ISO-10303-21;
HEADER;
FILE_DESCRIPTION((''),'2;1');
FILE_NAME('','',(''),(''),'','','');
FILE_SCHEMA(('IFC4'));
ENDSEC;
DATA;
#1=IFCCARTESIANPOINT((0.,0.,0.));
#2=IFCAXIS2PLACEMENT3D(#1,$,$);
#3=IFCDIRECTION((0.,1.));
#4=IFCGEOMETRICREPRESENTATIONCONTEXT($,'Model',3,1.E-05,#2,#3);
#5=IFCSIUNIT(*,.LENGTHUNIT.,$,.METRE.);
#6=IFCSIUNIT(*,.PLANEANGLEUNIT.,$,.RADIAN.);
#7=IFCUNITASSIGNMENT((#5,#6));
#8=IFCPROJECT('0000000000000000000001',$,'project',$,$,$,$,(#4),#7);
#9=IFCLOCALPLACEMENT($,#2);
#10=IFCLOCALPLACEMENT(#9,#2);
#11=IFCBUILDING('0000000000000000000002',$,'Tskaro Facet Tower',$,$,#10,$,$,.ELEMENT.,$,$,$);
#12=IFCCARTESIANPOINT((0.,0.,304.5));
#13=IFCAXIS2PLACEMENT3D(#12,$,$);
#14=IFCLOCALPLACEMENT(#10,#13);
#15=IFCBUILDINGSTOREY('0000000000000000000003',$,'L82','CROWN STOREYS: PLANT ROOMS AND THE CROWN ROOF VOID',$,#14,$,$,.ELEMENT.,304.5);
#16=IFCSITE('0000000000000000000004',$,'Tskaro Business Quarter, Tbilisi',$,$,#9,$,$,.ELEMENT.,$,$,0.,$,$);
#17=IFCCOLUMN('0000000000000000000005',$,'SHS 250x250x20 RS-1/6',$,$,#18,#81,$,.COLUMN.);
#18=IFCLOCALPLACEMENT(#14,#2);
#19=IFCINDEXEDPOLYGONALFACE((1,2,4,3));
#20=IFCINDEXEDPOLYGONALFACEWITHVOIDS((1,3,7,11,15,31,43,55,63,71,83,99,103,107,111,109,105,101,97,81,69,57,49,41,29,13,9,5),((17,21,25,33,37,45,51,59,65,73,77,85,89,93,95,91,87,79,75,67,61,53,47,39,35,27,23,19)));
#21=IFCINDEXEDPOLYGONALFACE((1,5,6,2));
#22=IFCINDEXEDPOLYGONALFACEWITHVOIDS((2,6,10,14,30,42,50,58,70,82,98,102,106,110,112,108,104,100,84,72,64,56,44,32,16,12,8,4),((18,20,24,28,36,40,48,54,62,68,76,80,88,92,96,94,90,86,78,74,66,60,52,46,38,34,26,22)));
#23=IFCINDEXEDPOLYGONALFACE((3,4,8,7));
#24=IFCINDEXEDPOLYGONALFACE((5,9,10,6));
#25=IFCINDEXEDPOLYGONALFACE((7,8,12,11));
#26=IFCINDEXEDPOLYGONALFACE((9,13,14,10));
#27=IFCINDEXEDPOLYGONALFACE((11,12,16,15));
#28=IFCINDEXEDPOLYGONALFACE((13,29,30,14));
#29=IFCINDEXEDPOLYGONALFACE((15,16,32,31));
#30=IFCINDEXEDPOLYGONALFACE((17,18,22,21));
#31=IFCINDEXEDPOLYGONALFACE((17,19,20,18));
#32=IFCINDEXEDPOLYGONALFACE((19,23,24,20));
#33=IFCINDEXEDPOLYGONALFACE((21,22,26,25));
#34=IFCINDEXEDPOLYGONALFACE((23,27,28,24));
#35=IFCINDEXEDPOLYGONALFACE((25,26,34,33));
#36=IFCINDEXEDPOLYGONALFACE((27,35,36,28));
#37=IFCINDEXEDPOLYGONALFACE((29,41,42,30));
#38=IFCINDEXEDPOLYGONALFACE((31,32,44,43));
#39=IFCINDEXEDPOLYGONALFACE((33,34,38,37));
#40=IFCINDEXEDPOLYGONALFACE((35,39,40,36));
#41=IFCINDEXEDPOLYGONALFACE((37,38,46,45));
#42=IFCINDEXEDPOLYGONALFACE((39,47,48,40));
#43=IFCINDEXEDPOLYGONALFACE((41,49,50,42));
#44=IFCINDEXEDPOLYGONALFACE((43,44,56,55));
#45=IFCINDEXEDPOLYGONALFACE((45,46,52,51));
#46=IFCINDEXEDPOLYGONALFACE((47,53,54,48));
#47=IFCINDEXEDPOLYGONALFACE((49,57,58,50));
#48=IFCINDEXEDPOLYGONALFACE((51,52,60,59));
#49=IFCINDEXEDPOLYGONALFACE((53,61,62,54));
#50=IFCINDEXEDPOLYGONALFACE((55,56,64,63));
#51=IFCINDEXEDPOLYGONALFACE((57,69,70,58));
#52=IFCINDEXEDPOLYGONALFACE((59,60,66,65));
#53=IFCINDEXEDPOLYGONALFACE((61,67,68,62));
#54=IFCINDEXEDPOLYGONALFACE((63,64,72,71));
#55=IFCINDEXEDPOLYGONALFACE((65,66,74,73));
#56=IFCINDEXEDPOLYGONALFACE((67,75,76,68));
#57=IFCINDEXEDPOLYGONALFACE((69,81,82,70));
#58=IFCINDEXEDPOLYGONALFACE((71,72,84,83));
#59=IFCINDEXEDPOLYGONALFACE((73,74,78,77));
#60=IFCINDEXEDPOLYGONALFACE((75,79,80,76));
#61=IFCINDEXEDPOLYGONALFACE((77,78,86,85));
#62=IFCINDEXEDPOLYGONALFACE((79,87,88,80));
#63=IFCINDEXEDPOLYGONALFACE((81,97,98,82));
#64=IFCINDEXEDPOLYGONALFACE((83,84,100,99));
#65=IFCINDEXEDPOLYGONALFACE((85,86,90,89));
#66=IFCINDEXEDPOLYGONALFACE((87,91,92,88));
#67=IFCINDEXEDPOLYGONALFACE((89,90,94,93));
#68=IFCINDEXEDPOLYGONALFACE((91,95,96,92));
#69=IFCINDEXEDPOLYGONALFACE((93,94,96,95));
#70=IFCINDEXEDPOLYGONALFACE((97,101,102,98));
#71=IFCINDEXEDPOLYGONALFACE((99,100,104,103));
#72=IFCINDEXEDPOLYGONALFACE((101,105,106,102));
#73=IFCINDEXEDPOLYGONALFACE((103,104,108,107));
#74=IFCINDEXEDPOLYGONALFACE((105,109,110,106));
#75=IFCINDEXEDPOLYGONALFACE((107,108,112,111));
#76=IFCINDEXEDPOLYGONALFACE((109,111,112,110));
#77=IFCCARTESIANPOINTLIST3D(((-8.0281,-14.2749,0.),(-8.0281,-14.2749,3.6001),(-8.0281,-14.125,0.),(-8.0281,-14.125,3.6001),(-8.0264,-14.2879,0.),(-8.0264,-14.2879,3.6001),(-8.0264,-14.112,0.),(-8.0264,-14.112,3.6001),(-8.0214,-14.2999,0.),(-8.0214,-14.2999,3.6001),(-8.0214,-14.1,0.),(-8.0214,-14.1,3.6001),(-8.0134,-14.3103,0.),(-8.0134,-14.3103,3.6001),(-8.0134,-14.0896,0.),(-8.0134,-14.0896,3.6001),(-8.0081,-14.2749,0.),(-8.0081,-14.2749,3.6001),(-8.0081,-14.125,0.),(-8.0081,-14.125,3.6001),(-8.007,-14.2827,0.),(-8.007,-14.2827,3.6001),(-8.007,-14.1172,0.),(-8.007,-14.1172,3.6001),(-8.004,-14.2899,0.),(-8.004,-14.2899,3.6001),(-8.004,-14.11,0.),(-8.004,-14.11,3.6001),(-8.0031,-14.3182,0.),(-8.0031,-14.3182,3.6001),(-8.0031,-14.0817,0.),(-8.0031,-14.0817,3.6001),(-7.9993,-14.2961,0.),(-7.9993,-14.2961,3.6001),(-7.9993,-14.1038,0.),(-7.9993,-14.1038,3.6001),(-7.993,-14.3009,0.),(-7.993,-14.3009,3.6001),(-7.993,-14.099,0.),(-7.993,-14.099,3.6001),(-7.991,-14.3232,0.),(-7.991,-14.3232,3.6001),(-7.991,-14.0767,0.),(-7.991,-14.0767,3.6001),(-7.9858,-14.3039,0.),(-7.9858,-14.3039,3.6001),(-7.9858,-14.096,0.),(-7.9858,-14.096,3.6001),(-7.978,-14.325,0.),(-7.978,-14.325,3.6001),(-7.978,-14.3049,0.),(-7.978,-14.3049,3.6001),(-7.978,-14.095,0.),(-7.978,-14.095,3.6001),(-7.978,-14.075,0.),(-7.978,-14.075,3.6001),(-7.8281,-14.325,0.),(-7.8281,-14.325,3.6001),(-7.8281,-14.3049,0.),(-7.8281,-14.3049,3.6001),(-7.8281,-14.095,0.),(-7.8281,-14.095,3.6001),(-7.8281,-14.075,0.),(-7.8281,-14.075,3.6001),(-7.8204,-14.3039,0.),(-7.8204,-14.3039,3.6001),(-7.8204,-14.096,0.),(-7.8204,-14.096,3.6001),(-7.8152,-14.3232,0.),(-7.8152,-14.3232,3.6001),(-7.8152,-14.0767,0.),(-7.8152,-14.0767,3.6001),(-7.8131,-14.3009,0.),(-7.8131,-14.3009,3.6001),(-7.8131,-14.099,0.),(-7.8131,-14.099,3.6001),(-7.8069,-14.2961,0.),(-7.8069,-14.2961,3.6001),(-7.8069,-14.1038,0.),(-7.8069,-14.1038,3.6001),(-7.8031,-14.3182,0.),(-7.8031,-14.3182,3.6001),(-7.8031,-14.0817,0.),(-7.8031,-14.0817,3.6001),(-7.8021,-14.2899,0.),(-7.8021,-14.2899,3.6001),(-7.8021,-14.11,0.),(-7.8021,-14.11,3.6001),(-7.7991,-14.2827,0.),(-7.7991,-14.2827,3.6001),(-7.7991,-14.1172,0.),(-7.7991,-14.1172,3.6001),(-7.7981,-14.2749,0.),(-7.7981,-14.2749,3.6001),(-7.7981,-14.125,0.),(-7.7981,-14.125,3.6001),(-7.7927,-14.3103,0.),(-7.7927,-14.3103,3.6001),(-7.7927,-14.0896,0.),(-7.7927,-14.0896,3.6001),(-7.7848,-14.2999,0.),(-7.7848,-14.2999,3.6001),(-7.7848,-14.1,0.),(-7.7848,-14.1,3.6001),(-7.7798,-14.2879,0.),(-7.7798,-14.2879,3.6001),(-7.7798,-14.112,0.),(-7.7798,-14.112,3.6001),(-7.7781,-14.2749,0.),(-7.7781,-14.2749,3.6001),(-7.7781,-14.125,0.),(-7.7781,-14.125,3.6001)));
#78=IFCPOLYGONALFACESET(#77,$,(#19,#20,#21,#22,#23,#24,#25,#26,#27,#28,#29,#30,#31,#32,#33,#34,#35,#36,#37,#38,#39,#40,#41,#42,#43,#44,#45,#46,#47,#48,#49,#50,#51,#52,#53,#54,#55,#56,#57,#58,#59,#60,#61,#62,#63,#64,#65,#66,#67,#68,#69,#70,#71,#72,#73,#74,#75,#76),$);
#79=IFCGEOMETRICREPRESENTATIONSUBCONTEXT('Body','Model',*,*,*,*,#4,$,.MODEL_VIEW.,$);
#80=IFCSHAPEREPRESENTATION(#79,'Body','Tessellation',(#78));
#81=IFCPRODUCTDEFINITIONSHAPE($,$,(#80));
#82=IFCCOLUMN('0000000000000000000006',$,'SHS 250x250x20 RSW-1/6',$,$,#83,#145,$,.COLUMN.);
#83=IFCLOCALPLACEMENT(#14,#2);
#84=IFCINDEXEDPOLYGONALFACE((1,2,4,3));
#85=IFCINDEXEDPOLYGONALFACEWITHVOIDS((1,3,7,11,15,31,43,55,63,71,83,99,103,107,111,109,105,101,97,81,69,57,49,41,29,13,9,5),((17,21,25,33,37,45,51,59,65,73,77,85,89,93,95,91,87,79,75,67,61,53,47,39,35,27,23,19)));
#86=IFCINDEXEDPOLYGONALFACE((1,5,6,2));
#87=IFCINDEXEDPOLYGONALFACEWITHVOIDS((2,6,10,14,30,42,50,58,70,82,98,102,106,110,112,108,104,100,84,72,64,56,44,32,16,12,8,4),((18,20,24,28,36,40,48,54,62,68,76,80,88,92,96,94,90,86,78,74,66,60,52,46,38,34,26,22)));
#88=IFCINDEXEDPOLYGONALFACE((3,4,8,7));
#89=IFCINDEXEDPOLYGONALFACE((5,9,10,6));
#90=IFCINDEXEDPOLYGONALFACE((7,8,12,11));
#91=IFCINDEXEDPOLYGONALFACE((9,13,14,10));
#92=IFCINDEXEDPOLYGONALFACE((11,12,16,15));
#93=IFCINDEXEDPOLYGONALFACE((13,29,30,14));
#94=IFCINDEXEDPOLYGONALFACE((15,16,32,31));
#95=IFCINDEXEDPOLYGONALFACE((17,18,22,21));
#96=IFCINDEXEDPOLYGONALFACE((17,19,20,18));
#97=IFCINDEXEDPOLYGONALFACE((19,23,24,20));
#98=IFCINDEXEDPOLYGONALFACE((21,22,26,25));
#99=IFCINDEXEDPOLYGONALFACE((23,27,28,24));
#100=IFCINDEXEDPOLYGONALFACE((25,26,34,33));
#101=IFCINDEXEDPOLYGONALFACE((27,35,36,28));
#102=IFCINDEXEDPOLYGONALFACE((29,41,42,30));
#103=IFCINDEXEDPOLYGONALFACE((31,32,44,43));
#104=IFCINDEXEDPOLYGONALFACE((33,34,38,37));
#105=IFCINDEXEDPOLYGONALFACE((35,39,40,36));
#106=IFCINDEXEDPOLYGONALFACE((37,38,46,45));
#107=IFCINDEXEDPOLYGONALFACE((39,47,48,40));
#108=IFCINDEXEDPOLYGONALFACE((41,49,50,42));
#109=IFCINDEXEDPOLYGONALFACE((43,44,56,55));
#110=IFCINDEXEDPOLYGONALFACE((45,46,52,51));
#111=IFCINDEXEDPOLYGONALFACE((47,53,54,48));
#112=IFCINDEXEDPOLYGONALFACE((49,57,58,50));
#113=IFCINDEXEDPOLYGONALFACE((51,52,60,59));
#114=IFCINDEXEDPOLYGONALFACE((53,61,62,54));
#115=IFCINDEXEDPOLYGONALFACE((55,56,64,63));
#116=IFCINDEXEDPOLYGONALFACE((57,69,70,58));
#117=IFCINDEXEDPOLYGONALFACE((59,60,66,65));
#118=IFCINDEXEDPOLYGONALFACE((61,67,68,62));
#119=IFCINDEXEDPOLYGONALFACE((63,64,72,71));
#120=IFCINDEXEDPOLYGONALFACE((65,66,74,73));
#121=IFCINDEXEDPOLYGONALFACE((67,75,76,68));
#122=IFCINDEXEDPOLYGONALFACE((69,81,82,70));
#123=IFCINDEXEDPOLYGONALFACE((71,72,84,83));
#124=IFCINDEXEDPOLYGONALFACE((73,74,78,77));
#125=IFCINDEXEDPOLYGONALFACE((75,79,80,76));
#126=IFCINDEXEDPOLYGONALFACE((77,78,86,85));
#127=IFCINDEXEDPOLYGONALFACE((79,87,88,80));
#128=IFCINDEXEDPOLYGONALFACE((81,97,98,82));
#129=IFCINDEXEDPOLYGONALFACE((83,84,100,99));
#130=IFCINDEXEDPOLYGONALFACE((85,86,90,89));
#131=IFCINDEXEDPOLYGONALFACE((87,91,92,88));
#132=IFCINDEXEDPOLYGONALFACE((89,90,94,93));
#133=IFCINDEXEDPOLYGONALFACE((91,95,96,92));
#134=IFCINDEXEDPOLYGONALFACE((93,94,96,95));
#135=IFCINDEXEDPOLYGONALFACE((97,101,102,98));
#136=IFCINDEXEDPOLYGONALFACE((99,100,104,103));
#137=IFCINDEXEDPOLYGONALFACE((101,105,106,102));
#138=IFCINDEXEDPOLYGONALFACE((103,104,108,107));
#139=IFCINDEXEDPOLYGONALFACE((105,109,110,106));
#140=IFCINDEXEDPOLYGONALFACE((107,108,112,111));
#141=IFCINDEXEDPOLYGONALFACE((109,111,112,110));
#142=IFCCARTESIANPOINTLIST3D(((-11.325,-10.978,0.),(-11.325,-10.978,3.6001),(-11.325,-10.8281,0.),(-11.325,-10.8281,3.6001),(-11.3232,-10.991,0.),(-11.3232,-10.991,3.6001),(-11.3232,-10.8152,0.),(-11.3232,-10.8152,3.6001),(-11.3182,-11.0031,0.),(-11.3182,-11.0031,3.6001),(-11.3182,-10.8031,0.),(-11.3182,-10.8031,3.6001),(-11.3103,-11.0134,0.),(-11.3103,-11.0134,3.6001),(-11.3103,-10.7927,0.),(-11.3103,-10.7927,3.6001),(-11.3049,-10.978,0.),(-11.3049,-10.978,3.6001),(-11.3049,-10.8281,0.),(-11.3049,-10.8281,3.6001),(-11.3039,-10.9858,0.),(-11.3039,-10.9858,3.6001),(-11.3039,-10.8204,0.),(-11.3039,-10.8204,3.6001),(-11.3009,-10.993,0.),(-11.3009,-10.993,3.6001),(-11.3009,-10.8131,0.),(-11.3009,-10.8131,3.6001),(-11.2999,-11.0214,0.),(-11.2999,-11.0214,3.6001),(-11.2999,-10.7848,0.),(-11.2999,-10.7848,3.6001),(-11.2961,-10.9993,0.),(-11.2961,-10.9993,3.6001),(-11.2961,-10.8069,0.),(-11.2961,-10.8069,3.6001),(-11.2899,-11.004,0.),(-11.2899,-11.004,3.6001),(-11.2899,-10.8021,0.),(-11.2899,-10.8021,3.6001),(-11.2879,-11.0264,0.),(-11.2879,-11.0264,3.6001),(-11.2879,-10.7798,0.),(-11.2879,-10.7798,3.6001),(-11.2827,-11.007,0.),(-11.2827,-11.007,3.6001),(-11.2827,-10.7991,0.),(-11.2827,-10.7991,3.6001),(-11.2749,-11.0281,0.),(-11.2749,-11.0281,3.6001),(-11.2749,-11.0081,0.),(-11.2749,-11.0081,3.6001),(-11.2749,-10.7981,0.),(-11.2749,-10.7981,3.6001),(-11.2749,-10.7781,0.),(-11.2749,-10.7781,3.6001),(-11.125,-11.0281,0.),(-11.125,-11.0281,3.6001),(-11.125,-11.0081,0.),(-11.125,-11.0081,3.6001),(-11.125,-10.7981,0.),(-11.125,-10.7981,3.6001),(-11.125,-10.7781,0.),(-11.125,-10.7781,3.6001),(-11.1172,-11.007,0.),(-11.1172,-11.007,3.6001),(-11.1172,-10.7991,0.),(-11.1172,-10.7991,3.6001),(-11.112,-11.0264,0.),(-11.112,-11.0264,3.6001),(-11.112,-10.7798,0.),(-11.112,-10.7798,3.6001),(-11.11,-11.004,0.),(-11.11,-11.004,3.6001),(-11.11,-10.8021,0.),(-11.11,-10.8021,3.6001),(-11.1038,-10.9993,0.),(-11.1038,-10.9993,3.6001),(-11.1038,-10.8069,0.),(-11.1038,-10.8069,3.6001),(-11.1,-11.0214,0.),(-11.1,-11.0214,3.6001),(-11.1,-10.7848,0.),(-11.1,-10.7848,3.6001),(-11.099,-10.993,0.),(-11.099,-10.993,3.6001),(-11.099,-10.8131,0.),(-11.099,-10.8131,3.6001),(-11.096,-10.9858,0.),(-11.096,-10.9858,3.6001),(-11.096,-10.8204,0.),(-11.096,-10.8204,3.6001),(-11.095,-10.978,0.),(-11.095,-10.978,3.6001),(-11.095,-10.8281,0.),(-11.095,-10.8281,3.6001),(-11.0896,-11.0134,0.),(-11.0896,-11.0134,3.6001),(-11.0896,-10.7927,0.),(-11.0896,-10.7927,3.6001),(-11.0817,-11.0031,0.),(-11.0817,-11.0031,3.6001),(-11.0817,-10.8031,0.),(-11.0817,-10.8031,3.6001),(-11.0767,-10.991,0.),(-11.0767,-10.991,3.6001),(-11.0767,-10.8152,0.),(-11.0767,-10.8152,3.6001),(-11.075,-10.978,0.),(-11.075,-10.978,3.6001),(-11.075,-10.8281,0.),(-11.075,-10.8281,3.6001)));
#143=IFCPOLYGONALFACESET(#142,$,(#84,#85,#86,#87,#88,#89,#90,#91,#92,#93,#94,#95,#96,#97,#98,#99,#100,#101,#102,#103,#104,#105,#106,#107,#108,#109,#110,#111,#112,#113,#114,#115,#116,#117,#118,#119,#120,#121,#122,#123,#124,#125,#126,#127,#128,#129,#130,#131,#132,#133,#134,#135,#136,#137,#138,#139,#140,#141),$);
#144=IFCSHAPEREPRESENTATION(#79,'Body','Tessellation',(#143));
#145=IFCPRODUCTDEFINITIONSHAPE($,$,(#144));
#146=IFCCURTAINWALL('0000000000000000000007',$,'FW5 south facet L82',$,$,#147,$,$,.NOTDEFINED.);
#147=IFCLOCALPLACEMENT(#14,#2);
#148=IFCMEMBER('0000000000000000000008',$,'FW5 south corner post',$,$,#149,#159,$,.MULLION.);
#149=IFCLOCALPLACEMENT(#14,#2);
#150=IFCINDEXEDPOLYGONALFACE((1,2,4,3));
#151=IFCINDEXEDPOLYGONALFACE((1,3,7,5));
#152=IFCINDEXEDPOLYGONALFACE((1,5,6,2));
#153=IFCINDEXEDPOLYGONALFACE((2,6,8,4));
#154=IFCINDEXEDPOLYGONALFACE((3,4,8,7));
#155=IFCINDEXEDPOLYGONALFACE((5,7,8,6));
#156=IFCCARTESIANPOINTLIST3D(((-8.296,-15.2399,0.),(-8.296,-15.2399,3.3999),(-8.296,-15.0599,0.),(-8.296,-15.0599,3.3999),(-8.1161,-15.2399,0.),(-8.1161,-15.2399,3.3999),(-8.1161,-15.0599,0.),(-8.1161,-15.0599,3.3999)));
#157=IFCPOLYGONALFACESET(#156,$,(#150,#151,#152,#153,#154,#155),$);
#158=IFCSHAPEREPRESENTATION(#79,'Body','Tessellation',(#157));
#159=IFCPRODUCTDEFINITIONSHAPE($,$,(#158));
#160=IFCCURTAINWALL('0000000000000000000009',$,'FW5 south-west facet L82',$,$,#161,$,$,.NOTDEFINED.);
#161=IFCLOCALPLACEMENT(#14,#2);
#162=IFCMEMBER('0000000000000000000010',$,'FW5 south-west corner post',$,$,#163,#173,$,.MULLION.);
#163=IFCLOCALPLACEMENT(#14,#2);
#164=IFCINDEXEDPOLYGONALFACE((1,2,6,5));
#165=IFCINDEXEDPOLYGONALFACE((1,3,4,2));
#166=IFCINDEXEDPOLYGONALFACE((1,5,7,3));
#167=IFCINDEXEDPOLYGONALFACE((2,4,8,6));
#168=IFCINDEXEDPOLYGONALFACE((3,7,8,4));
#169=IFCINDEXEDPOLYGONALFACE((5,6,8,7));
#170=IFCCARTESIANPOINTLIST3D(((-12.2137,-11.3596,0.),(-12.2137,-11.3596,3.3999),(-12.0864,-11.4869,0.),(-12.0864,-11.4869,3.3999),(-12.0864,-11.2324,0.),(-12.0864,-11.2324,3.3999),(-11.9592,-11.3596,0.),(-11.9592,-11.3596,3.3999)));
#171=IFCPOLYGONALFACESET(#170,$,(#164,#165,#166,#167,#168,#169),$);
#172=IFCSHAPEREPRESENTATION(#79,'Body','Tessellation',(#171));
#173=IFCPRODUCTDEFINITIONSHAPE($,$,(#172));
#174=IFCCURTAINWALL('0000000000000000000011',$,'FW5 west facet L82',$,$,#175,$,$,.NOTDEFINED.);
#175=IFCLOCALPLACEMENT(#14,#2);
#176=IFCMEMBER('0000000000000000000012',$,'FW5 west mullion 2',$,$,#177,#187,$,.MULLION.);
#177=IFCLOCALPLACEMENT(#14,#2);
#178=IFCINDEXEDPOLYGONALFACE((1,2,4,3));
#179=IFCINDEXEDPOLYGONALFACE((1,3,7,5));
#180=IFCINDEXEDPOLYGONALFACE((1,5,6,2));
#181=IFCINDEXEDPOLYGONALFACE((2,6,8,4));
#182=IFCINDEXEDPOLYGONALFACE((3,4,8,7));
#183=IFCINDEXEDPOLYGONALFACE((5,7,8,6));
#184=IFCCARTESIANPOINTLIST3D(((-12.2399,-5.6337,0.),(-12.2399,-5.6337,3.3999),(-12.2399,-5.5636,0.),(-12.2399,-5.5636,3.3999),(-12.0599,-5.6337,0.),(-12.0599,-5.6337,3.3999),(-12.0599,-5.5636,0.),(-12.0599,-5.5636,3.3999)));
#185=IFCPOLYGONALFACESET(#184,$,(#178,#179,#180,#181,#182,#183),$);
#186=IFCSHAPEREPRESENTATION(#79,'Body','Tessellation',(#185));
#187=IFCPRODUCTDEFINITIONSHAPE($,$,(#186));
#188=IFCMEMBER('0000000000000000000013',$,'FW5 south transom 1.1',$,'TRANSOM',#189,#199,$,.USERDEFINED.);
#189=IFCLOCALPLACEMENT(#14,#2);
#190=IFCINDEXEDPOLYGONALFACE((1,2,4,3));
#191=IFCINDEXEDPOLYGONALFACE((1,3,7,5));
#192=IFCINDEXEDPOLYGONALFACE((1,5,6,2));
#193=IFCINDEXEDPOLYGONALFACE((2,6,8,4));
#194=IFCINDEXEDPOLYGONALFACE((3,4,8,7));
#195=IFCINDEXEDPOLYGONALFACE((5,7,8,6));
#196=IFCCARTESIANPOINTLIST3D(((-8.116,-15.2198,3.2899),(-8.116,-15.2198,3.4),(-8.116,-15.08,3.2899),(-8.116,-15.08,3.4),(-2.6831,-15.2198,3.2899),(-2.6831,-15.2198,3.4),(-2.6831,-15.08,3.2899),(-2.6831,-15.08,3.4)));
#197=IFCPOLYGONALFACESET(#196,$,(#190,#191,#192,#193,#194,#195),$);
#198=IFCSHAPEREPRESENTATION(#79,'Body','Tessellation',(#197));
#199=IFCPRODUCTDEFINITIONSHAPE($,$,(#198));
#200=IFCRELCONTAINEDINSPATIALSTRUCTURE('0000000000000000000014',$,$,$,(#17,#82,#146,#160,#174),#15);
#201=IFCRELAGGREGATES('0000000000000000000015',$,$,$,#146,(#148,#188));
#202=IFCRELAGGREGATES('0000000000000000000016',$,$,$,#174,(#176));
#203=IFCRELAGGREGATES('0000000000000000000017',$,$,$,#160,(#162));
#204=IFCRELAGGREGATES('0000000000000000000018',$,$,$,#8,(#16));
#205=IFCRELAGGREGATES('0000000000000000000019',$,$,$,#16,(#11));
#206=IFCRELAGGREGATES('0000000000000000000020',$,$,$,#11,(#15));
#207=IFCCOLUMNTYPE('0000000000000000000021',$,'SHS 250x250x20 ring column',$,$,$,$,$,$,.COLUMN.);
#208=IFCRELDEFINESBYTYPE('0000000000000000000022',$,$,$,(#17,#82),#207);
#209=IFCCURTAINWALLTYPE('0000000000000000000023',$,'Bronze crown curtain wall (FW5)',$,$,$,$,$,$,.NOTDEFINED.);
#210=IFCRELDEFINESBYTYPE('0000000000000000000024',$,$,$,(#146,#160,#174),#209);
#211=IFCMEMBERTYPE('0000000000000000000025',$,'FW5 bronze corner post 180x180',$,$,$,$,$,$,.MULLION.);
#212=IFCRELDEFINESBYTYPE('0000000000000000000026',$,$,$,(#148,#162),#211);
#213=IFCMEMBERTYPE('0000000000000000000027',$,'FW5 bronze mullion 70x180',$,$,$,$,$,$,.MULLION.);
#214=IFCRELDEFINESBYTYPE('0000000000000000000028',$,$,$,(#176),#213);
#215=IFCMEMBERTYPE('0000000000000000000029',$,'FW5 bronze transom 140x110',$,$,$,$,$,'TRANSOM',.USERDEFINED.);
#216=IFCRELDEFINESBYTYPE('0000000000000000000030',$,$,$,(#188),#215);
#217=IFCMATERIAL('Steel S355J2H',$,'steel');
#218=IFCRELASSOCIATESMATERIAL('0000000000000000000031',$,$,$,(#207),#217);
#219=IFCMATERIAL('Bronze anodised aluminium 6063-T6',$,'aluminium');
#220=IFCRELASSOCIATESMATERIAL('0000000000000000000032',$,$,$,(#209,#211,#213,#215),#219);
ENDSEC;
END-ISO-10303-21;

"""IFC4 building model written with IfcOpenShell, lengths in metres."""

from ifc_helpers import new_model, si_unit, direction, frame, origin, origin_2d, place, context, subcontext, project, spatial, rectangle, hollow_rectangle, extrude, material, material_profile, profile_set, type_object, element, aggregate, save


model = new_model("IFC4")

# Units and contexts
model_context = context("Model", 3, precision=1e-05, world=origin(), true_north=direction((0.0, 1.0)))
body_context = subcontext(model_context, "Body", "Model", "MODEL_VIEW")
ifc_project = project(units=[si_unit("LENGTHUNIT", "METRE"), si_unit("PLANEANGLEUNIT", "RADIAN")], contexts=[model_context])

# Site, building, storey
site_placement = place(None, origin())
site = spatial("IfcSite", under=ifc_project, at=site_placement, Name="Tskaro Business Quarter, Tbilisi", CompositionType="ELEMENT", RefElevation=0.0)
building_placement = place(site_placement, origin())
building = spatial("IfcBuilding", under=site, at=building_placement, Name="Tskaro Facet Tower", CompositionType="ELEMENT")
storey_placement = place(building_placement, frame((0.0, 0.0, 304.5)))
storey = spatial("IfcBuildingStorey", under=building, at=storey_placement, Name="L82", Description="CROWN STOREYS: PLANT ROOMS AND THE CROWN ROOF VOID", CompositionType="ELEMENT", Elevation=304.5)

# Columns
ifc_material_1 = material(Name="Steel S355J2H", Category="steel")
ifc_material_profile_1 = material_profile(ifc_material_1, hollow_rectangle(XDim=0.25, YDim=0.25, WallThickness=0.02, InnerFilletRadius=0.03, OuterFilletRadius=0.05, at=origin_2d()), Name="SHS 250x250x20")
ifc_profile_set_1 = profile_set([ifc_material_profile_1], Name="Steel S355J2H")
column_type = type_object("IfcColumnType", Name="SHS 250x250x20 ring column", PredefinedType="COLUMN", material=ifc_profile_set_1)
for number, where, z_axis, x_axis, name in (
    (1, (-7.9031, -14.2, 0.0), (0.0, 0.0, 1.0), (1.0, 0.0, 0.0), "SHS 250x250x20 RS-1/6"),
    (2, (-11.2, -10.9031, 0.0), (0.0, 0.0, 1.0), (1.0, 0.0, 0.0), "SHS 250x250x20 RSW-1/6"),
):
    element("IfcColumn", number, at=place(storey_placement, frame(where, z_axis=z_axis, x_axis=x_axis)), inside=storey, type_object=column_type, Name=name, PredefinedType="COLUMN", context=body_context, shape_type="SweptSolid", body=[
        extrude(hollow_rectangle(XDim=0.25, YDim=0.25, WallThickness=0.02, InnerFilletRadius=0.03, OuterFilletRadius=0.05, at=origin_2d()), origin(), (0.0, 0.0, 1.0), 3.6001),
    ])

# Curtain walls, members
ifc_material_2 = material(Name="Bronze anodised aluminium 6063-T6", Category="aluminium")
curtain_wall_type = type_object("IfcCurtainWallType", Name="Bronze crown curtain wall (FW5)", PredefinedType="NOTDEFINED", material=ifc_material_2)
curtain_wall_1_placement = place(storey_placement, origin())
curtain_wall_1 = element("IfcCurtainWall", 3, at=curtain_wall_1_placement, inside=storey, type_object=curtain_wall_type, Name="FW5 south facet L82", PredefinedType="NOTDEFINED")
ifc_material_profile_2 = material_profile(ifc_material_2, rectangle(XDim=0.1799, YDim=0.1799, at=origin_2d()), Name="Corner post 180x180")
ifc_profile_set_2 = profile_set([ifc_material_profile_2], Name="Bronze anodised aluminium 6063-T6")
member_type_1 = type_object("IfcMemberType", Name="FW5 bronze corner post 180x180", PredefinedType="MULLION", material=ifc_profile_set_2)
member_1_placement = place(storey_placement, frame((-8.2061, -15.1499, 0.0), z_axis=(0.0, 0.0, 1.0), x_axis=(1.0, 0.0, 0.0)))
member_1 = element("IfcMember", 4, at=member_1_placement, type_object=member_type_1, Name="FW5 south corner post", PredefinedType="MULLION", context=body_context, shape_type="SweptSolid", body=[
    extrude(rectangle(XDim=0.1799, YDim=0.1799, at=origin_2d()), origin(), (0.0, 0.0, 1.0), 3.3999),
])
curtain_wall_2_placement = place(storey_placement, origin())
curtain_wall_2 = element("IfcCurtainWall", 5, at=curtain_wall_2_placement, inside=storey, type_object=curtain_wall_type, Name="FW5 south-west facet L82", PredefinedType="NOTDEFINED")
member_2_placement = place(storey_placement, frame((-12.0864, -11.3596, 0.0), z_axis=(0.0, 0.0, 1.0), x_axis=(0.707107, -0.707107, 0.0)))
member_2 = element("IfcMember", 6, at=member_2_placement, type_object=member_type_1, Name="FW5 south-west corner post", PredefinedType="MULLION", context=body_context, shape_type="SweptSolid", body=[
    extrude(rectangle(XDim=0.1799, YDim=0.1799, at=origin_2d()), origin(), (0.0, 0.0, 1.0), 3.3999),
])
curtain_wall_3_placement = place(storey_placement, origin())
curtain_wall_3 = element("IfcCurtainWall", 7, at=curtain_wall_3_placement, inside=storey, type_object=curtain_wall_type, Name="FW5 west facet L82", PredefinedType="NOTDEFINED")
ifc_material_profile_3 = material_profile(ifc_material_2, rectangle(XDim=0.0701, YDim=0.1799, at=origin_2d()), Name="Mullion 70x180")
ifc_profile_set_3 = profile_set([ifc_material_profile_3], Name="Bronze anodised aluminium 6063-T6")
member_type_2 = type_object("IfcMemberType", Name="FW5 bronze mullion 70x180", PredefinedType="MULLION", material=ifc_profile_set_3)
member_3_placement = place(storey_placement, frame((-12.1499, -5.5986, 0.0), z_axis=(0.0, 0.0, 1.0), x_axis=(0.0, -1.0, 0.0)))
member_3 = element("IfcMember", 8, at=member_3_placement, type_object=member_type_2, Name="FW5 west mullion 2", PredefinedType="MULLION", context=body_context, shape_type="SweptSolid", body=[
    extrude(rectangle(XDim=0.0701, YDim=0.1799, at=origin_2d()), origin(), (0.0, 0.0, 1.0), 3.3999),
])

# Member
ifc_material_profile_4 = material_profile(ifc_material_2, rectangle(XDim=0.1399, YDim=0.1101, at=origin_2d()), Name="Transom 140x110")
ifc_profile_set_4 = profile_set([ifc_material_profile_4], Name="Bronze anodised aluminium 6063-T6")
member_type_3 = type_object("IfcMemberType", Name="FW5 bronze transom 140x110", ElementType="TRANSOM", PredefinedType="USERDEFINED", material=ifc_profile_set_4)
member_4_placement = place(storey_placement, frame((-8.116, -15.1499, 3.345), z_axis=(1.0, 0.0, 0.0), x_axis=(0.0, 1.0, 0.0)))
member_4 = element("IfcMember", 9, at=member_4_placement, type_object=member_type_3, Name="FW5 south transom 1.1", ObjectType="TRANSOM", PredefinedType="USERDEFINED", context=body_context, shape_type="SweptSolid", body=[
    extrude(rectangle(XDim=0.1399, YDim=0.1101, at=origin_2d()), origin(), (0.0, 0.0, 1.0), 5.4329),
])
aggregate(curtain_wall_1, [member_1, member_4])

aggregate(curtain_wall_3, [member_3])
aggregate(curtain_wall_2, [member_2])

save(model, "model.ifc")
